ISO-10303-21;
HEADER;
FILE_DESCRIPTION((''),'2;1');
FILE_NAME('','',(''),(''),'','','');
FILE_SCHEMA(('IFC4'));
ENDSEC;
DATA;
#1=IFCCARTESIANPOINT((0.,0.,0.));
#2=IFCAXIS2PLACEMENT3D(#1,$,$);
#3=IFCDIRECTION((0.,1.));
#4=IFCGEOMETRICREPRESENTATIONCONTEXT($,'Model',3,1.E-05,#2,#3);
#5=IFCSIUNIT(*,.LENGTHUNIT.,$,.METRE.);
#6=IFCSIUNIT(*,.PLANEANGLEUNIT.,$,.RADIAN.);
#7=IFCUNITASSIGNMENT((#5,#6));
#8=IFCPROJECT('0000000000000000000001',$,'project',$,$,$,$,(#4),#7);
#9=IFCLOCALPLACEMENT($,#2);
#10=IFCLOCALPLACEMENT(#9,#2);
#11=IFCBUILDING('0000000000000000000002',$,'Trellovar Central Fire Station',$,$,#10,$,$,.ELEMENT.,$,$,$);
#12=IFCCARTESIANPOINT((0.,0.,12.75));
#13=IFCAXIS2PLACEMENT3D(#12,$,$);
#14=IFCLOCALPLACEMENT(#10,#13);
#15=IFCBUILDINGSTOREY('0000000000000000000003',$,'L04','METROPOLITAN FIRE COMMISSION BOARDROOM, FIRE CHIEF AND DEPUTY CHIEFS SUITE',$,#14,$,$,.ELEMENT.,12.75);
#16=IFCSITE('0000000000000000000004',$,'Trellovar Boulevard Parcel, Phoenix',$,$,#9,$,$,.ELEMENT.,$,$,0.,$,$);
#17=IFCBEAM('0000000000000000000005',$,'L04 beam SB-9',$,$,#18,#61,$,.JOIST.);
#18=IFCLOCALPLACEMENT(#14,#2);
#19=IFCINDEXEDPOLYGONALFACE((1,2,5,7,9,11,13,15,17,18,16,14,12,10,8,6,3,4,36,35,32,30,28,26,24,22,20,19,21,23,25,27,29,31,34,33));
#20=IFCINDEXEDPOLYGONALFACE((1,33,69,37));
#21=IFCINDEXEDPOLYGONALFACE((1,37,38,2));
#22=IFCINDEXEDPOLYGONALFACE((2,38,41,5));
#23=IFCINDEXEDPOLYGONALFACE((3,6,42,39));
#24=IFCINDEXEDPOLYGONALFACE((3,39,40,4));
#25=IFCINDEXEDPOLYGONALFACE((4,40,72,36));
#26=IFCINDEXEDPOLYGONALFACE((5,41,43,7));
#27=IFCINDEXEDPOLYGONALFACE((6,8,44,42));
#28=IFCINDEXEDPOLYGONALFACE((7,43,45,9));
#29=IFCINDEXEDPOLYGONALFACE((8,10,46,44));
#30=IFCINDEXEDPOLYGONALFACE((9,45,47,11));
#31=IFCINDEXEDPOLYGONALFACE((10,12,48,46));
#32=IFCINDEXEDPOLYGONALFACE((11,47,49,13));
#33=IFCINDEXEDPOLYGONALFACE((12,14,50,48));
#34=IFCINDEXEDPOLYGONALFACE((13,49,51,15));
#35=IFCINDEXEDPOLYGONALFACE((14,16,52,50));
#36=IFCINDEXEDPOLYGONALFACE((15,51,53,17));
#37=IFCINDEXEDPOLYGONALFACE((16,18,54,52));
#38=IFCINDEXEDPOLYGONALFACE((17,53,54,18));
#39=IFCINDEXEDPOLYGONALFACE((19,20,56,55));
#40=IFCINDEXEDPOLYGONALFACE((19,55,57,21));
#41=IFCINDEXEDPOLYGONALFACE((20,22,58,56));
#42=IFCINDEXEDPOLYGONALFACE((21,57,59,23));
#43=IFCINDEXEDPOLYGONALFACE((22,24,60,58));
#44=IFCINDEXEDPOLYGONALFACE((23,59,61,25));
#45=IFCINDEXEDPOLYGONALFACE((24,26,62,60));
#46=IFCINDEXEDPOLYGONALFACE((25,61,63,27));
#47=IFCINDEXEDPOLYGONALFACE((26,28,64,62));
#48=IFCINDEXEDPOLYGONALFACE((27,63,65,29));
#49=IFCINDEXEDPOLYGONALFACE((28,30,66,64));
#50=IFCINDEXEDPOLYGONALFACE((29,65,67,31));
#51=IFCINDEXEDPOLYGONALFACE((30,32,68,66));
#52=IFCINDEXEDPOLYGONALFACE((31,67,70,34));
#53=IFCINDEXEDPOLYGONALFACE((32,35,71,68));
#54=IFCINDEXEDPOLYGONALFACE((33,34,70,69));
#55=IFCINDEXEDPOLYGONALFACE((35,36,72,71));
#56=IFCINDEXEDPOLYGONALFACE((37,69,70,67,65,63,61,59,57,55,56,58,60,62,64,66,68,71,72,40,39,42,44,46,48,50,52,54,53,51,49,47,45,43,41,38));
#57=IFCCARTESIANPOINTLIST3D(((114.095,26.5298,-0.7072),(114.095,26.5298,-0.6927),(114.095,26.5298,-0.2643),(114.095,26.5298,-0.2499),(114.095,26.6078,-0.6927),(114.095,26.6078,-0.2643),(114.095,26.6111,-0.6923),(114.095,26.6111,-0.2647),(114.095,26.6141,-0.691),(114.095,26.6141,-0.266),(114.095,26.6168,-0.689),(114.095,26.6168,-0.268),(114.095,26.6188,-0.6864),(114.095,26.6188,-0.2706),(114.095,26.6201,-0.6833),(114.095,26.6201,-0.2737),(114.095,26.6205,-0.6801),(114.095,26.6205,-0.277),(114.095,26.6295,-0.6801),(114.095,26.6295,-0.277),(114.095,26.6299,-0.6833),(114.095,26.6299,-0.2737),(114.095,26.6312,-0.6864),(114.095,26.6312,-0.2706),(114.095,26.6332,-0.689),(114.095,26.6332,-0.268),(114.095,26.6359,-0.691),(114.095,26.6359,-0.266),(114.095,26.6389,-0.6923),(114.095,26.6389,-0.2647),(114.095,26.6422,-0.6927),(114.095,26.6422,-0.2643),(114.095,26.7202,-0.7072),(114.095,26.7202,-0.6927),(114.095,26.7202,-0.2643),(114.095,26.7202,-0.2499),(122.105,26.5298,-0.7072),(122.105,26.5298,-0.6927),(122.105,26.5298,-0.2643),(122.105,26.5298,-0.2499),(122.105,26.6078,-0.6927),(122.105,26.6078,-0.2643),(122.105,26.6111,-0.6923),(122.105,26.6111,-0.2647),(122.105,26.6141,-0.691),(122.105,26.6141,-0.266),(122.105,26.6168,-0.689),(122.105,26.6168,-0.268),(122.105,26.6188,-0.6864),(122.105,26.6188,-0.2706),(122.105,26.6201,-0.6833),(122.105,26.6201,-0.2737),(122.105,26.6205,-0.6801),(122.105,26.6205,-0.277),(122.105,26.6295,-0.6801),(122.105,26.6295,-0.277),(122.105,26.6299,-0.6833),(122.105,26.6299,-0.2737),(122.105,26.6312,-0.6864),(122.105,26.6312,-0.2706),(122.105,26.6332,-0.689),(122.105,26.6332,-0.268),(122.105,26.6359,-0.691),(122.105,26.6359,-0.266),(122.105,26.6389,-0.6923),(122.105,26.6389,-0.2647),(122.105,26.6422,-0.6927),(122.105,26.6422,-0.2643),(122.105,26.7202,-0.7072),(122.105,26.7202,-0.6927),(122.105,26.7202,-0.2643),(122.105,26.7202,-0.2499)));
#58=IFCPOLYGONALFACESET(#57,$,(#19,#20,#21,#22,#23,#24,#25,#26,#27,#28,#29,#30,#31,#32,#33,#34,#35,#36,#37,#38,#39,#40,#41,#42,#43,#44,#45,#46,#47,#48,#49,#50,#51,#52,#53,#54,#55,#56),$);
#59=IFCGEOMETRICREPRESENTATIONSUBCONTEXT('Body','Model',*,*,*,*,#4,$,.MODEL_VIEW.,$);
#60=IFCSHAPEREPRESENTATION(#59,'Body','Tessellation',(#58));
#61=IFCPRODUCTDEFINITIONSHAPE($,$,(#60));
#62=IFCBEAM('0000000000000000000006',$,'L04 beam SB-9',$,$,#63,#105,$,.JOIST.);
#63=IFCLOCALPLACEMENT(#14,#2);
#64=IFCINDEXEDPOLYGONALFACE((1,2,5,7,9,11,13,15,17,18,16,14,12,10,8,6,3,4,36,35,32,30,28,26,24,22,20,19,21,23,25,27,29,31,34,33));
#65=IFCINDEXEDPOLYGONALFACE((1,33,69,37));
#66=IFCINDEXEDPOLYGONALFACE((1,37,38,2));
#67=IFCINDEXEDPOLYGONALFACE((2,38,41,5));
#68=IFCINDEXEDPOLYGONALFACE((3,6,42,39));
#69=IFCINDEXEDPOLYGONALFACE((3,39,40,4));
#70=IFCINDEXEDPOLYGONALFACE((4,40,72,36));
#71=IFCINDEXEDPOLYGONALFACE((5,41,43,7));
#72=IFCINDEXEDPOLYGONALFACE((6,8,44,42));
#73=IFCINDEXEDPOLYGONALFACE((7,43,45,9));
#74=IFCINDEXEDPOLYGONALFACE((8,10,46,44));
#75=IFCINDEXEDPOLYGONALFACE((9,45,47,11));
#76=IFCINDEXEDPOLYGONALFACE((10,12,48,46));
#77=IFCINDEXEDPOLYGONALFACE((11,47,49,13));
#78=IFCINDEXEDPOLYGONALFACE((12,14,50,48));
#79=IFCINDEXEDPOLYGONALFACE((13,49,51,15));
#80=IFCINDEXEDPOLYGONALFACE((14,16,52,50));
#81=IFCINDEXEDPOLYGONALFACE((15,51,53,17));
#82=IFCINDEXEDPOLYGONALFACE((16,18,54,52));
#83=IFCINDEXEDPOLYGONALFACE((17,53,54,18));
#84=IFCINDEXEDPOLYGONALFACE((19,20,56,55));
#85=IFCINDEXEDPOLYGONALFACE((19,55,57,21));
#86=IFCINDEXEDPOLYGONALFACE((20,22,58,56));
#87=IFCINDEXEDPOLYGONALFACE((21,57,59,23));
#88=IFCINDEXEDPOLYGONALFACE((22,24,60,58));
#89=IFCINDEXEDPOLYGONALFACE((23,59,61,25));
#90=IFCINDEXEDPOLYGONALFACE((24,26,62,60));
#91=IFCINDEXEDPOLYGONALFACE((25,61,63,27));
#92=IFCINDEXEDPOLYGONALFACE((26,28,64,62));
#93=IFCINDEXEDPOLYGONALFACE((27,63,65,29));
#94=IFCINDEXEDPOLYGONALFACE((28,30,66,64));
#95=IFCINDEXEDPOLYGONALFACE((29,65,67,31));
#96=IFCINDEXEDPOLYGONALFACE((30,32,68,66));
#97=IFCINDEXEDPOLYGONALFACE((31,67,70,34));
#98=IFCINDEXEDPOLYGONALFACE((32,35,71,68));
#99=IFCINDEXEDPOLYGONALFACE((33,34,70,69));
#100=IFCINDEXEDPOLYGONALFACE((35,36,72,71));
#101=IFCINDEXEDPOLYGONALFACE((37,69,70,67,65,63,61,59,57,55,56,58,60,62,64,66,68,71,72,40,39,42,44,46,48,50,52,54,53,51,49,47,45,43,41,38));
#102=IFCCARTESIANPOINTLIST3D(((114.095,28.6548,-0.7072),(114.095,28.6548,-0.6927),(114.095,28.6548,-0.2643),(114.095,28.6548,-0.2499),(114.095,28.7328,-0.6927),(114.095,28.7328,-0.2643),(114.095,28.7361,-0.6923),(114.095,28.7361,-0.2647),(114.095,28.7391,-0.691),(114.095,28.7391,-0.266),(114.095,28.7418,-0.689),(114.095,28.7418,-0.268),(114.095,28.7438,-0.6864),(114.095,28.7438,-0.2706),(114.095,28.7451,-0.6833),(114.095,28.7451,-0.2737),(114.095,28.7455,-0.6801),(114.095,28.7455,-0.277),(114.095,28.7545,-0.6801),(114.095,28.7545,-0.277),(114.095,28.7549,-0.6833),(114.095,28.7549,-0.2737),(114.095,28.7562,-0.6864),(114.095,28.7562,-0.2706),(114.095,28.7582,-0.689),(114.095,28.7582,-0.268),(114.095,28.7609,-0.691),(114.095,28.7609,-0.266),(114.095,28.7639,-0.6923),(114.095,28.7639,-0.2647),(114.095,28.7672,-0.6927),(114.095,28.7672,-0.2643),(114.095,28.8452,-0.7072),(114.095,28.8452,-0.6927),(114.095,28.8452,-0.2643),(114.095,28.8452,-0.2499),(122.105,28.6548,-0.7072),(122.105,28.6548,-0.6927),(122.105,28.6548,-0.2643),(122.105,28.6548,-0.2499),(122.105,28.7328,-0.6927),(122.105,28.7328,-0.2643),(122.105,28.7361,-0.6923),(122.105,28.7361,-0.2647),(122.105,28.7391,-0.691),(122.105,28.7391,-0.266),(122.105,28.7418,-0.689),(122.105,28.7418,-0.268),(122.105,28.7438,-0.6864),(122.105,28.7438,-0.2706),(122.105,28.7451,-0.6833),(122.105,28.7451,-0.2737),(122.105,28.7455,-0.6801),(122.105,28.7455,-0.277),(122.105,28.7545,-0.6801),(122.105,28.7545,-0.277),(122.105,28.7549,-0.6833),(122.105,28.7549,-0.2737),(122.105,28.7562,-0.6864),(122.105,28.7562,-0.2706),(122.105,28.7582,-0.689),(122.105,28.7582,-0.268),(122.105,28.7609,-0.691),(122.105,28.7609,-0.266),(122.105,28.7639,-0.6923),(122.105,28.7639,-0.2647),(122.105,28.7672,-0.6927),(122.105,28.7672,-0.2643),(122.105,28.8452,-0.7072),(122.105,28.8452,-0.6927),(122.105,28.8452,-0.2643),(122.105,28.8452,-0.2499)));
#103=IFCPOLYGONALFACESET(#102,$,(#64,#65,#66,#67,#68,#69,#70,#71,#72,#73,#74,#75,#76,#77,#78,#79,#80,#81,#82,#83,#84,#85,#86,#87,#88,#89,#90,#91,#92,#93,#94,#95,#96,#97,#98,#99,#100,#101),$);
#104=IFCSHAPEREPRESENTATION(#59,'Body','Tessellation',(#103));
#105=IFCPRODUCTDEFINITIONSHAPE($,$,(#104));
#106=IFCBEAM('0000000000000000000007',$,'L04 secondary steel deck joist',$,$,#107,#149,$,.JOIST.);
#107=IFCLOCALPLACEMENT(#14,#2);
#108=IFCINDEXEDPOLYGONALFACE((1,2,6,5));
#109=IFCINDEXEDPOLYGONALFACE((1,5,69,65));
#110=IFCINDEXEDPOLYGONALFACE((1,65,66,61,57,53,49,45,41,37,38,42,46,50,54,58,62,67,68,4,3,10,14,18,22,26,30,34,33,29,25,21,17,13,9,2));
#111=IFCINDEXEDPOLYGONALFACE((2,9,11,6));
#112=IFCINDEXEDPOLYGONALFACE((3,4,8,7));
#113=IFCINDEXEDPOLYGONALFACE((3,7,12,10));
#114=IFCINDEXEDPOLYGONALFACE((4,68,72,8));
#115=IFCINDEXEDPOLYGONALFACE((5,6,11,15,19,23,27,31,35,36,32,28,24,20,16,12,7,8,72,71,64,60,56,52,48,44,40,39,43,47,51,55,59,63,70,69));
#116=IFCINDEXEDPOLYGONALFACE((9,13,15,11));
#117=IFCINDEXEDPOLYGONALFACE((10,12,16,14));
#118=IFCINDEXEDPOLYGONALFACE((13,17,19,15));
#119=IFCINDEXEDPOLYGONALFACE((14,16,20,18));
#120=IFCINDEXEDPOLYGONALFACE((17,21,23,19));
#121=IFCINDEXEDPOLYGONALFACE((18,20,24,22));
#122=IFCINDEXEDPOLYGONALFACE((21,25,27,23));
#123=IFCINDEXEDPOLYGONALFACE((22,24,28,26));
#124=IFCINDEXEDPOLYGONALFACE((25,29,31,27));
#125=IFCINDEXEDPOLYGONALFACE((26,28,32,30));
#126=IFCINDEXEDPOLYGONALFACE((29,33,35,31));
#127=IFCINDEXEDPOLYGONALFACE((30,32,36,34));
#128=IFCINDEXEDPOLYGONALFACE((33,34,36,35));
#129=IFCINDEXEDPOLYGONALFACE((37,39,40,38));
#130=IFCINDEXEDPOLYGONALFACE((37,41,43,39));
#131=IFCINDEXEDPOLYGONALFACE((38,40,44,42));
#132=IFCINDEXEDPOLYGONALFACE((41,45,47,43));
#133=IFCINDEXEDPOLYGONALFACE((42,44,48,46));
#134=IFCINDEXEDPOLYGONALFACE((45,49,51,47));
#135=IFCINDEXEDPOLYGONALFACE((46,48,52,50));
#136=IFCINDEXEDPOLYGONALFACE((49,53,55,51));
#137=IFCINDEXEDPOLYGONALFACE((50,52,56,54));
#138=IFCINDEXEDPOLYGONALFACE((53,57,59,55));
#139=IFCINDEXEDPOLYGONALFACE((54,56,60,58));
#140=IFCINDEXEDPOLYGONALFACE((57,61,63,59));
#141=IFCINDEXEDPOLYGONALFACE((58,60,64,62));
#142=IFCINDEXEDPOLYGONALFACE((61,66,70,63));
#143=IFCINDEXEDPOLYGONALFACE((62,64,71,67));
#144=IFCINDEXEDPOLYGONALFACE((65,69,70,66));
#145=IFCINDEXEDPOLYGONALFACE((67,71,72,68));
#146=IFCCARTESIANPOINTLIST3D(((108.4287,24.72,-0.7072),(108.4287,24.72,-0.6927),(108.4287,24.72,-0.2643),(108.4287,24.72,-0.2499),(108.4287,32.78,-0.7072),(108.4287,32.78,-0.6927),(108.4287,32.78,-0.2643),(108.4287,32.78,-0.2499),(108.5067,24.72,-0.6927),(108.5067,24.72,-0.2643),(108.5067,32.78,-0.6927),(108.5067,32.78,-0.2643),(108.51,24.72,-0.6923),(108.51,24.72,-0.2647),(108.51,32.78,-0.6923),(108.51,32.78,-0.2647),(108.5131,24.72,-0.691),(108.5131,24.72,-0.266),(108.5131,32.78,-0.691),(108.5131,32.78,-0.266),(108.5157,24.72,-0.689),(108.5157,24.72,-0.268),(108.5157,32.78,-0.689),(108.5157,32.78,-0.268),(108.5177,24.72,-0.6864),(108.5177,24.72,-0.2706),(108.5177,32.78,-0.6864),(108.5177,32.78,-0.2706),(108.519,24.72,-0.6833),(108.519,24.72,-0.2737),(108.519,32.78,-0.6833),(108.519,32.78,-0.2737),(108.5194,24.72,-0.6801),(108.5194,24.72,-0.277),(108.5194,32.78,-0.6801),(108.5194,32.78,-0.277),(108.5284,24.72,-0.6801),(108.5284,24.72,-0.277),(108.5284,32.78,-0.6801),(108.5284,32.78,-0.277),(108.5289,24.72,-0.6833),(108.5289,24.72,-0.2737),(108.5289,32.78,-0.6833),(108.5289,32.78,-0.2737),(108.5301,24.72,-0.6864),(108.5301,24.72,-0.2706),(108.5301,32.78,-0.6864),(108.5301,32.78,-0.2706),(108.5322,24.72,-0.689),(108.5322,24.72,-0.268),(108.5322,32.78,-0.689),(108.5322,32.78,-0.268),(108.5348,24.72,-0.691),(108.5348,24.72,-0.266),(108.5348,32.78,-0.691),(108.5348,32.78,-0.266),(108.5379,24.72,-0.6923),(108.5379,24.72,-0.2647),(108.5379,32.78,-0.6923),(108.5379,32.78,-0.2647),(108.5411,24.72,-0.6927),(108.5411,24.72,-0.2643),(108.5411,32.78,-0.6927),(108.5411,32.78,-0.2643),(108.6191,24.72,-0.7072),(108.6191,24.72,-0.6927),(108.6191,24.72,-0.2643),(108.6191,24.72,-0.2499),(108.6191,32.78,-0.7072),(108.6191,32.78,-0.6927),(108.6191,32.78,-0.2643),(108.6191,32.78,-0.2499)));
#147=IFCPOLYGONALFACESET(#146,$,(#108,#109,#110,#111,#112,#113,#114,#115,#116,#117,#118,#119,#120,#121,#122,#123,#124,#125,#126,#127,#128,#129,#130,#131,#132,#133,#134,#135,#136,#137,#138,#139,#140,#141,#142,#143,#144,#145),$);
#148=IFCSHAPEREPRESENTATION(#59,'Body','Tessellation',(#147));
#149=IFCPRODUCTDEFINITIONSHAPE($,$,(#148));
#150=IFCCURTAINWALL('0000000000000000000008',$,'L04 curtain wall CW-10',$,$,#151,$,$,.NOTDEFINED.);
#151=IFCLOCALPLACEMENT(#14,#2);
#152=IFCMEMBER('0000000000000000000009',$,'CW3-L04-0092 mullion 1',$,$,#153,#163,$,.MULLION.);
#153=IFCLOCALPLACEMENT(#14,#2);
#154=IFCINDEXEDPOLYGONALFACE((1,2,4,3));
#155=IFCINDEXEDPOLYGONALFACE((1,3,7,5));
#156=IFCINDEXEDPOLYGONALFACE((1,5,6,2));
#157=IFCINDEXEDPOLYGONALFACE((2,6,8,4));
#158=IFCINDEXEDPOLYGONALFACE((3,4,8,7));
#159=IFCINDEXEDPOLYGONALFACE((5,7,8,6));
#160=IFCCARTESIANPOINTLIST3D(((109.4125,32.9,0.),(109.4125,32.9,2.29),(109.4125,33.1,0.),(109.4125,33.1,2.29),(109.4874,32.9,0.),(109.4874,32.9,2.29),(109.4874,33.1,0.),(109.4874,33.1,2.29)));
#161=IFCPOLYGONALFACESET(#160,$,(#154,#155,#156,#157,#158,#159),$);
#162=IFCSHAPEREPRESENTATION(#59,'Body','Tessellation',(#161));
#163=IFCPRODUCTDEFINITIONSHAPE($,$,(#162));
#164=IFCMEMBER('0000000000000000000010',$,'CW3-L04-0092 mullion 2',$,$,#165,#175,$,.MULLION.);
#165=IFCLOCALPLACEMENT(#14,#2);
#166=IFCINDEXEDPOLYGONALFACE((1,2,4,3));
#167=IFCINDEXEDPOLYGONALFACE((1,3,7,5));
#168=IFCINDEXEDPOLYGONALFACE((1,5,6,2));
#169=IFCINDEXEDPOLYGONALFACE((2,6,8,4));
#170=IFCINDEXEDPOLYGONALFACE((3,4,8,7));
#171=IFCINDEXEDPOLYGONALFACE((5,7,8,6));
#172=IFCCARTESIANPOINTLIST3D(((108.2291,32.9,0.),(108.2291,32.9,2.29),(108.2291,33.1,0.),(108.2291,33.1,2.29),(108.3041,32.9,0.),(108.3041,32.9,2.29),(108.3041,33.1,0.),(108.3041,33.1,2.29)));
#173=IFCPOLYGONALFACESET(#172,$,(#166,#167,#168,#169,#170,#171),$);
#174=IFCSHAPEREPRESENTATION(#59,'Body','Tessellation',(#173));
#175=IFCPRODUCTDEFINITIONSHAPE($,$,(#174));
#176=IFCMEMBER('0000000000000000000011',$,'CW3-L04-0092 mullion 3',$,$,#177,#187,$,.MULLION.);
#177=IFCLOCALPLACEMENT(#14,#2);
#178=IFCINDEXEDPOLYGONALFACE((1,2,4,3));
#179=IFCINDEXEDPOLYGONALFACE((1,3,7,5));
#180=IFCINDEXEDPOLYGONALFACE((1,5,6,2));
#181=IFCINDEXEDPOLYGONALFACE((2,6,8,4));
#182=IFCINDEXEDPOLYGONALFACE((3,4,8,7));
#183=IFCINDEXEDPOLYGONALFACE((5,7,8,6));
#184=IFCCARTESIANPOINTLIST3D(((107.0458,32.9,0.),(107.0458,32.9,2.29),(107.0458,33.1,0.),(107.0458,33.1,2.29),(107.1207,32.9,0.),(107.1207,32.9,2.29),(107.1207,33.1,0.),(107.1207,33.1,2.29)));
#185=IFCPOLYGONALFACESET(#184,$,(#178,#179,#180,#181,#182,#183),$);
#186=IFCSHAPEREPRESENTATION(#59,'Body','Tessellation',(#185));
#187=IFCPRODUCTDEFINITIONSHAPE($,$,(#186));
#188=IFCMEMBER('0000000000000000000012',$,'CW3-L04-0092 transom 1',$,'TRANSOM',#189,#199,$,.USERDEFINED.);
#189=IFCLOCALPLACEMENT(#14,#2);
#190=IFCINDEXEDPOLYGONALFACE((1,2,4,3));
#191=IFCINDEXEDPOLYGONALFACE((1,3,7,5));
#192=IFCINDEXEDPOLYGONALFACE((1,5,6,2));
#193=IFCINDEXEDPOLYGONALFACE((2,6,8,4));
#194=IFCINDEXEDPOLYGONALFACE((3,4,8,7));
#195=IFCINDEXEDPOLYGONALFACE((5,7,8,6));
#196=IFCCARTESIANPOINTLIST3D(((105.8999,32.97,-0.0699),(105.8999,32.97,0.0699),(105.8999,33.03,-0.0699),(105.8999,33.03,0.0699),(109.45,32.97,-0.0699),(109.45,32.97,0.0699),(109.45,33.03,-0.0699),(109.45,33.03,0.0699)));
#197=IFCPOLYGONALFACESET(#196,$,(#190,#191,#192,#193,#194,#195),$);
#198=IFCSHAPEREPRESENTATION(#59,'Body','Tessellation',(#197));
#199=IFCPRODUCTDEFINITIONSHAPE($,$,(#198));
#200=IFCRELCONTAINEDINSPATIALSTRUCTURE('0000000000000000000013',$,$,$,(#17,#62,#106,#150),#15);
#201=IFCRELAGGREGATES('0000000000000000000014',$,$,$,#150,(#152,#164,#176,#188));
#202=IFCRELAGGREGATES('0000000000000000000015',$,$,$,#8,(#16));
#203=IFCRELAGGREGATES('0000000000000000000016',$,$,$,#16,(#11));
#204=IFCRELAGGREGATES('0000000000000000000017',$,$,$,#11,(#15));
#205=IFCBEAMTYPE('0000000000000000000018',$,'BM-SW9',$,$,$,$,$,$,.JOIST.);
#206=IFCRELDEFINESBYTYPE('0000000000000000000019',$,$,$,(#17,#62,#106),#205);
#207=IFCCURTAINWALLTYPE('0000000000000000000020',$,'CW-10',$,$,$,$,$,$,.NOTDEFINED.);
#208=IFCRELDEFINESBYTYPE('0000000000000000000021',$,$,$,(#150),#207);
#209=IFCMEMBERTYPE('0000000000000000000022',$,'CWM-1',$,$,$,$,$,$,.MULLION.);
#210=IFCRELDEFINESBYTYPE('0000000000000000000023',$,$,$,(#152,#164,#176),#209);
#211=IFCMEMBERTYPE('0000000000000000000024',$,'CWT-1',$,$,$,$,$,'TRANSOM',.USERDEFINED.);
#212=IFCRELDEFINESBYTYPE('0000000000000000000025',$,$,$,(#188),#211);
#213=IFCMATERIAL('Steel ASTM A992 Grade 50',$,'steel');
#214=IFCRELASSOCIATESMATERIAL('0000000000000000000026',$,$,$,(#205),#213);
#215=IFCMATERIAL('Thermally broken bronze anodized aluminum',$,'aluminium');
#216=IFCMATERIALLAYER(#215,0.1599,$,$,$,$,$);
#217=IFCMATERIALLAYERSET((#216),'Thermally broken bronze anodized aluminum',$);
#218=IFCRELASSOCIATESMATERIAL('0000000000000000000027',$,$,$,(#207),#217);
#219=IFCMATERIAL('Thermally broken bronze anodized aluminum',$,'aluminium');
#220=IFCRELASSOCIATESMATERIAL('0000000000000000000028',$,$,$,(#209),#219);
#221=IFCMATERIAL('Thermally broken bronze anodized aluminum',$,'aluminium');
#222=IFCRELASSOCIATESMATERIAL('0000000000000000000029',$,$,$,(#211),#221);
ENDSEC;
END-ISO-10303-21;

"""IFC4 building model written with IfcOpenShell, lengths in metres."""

from ifc_helpers import new_model, si_unit, direction, frame, origin, origin_2d, place, context, subcontext, project, spatial, rectangle, i_section, extrude, material, layer, layer_set, material_profile, profile_set, type_object, element, aggregate, save


model = new_model("IFC4")

# Units and contexts
model_context = context("Model", 3, precision=1e-05, world=origin(), true_north=direction((0.0, 1.0)))
body_context = subcontext(model_context, "Body", "Model", "MODEL_VIEW")
ifc_project = project(units=[si_unit("LENGTHUNIT", "METRE"), si_unit("PLANEANGLEUNIT", "RADIAN")], contexts=[model_context])

# Site, building, storey
site_placement = place(None, origin())
site = spatial("IfcSite", under=ifc_project, at=site_placement, Name="Trellovar Boulevard Parcel, Phoenix", CompositionType="ELEMENT", RefElevation=0.0)
building_placement = place(site_placement, origin())
building = spatial("IfcBuilding", under=site, at=building_placement, Name="Trellovar Central Fire Station", CompositionType="ELEMENT")
storey_placement = place(building_placement, frame((0.0, 0.0, 12.75)))
storey = spatial("IfcBuildingStorey", under=building, at=storey_placement, Name="L04", Description="METROPOLITAN FIRE COMMISSION BOARDROOM, FIRE CHIEF AND DEPUTY CHIEFS SUITE", CompositionType="ELEMENT", Elevation=12.75)

# Beams
ifc_material_1 = material(Name="Steel ASTM A992 Grade 50", Category="steel")
ifc_material_profile_1 = material_profile(ifc_material_1, i_section(OverallWidth=0.1904, OverallDepth=0.4573, WebThickness=0.009, FlangeThickness=0.0144, FilletRadius=0.0127, at=origin_2d()), Name="W18X50")
ifc_profile_set_1 = profile_set([ifc_material_profile_1], Name="Steel ASTM A992 Grade 50")
beam_type_1 = type_object("IfcBeamType", Name="BM-SW9", PredefinedType="JOIST", material=ifc_profile_set_1)
for number, where, z_axis, x_axis, name in (
    (1, (114.095, 26.625, -0.4785), (1.0, 0.0, 0.0), (0.0, 1.0, 0.0), "L04 beam SB-9"),
    (2, (114.095, 28.75, -0.4785), (1.0, 0.0, 0.0), (0.0, 1.0, 0.0), "L04 beam SB-9"),
):
    element("IfcBeam", number, at=place(storey_placement, frame(where, z_axis=z_axis, x_axis=x_axis)), inside=storey, type_object=beam_type_1, Name=name, PredefinedType="JOIST", context=body_context, shape_type="SweptSolid", body=[
        extrude(i_section(OverallWidth=0.1904, OverallDepth=0.4573, WebThickness=0.009, FlangeThickness=0.0144, FilletRadius=0.0127, at=origin_2d()), origin(), (0.0, 0.0, 1.0), 8.01),
    ])
beam_1_placement = place(storey_placement, frame((108.5239, 24.72, -0.4785), z_axis=(0.0, 1.0, 0.0), x_axis=(-1.0, 0.0, 0.0)))
element("IfcBeam", 3, at=beam_1_placement, inside=storey, type_object=beam_type_1, Name="L04 secondary steel deck joist", PredefinedType="JOIST", context=body_context, shape_type="SweptSolid", body=[
    extrude(i_section(OverallWidth=0.1904, OverallDepth=0.4573, WebThickness=0.009, FlangeThickness=0.0144, FilletRadius=0.0127, at=origin_2d()), origin(), (0.0, 0.0, 1.0), 8.0601),
])

# Curtain wall, members
ifc_material_2 = material(Name="Thermally broken bronze anodized aluminum", Category="aluminium")
ifc_layer_1 = layer(ifc_material_2, 0.1599)
ifc_layer_set_1 = layer_set([ifc_layer_1], Name="Thermally broken bronze anodized aluminum")
curtain_wall_type = type_object("IfcCurtainWallType", Name="CW-10", PredefinedType="NOTDEFINED", material=ifc_layer_set_1)
curtain_wall_placement = place(storey_placement, origin())
curtain_wall = element("IfcCurtainWall", 4, at=curtain_wall_placement, inside=storey, type_object=curtain_wall_type, Name="L04 curtain wall CW-10", PredefinedType="NOTDEFINED")
ifc_material_3 = material(Name="Thermally broken bronze anodized aluminum", Category="aluminium")
ifc_material_profile_2 = material_profile(ifc_material_3, rectangle(XDim=0.075, YDim=0.2, at=origin_2d()), Name="ALU75X200")
ifc_profile_set_2 = profile_set([ifc_material_profile_2], Name="Thermally broken bronze anodized aluminum")
member_type_1 = type_object("IfcMemberType", Name="CWM-1", PredefinedType="MULLION", material=ifc_profile_set_2)
member_1_placement = place(storey_placement, frame((109.45, 33.0, 0.0), z_axis=(0.0, 0.0, 1.0), x_axis=(1.0, 0.0, 0.0)))
member_1 = element("IfcMember", 5, at=member_1_placement, type_object=member_type_1, Name="CW3-L04-0092 mullion 1", PredefinedType="MULLION", context=body_context, shape_type="SweptSolid", body=[
    extrude(rectangle(XDim=0.075, YDim=0.2, at=origin_2d()), origin(), (0.0, 0.0, 1.0), 2.29),
])
member_2_placement = place(storey_placement, frame((108.2666, 33.0, 0.0), z_axis=(0.0, 0.0, 1.0), x_axis=(1.0, 0.0, 0.0)))
member_2 = element("IfcMember", 6, at=member_2_placement, type_object=member_type_1, Name="CW3-L04-0092 mullion 2", PredefinedType="MULLION", context=body_context, shape_type="SweptSolid", body=[
    extrude(rectangle(XDim=0.075, YDim=0.2, at=origin_2d()), origin(), (0.0, 0.0, 1.0), 2.29),
])
member_3_placement = place(storey_placement, frame((107.0833, 33.0, 0.0), z_axis=(0.0, 0.0, 1.0), x_axis=(1.0, 0.0, 0.0)))
member_3 = element("IfcMember", 7, at=member_3_placement, type_object=member_type_1, Name="CW3-L04-0092 mullion 3", PredefinedType="MULLION", context=body_context, shape_type="SweptSolid", body=[
    extrude(rectangle(XDim=0.075, YDim=0.2, at=origin_2d()), origin(), (0.0, 0.0, 1.0), 2.29),
])
ifc_material_4 = material(Name="Thermally broken bronze anodized aluminum", Category="aluminium")
ifc_material_profile_3 = material_profile(ifc_material_4, rectangle(XDim=0.0601, YDim=0.1399, at=origin_2d()), Name="ALU60X140")
ifc_profile_set_3 = profile_set([ifc_material_profile_3], Name="Thermally broken bronze anodized aluminum")
member_type_2 = type_object("IfcMemberType", Name="CWT-1", ElementType="TRANSOM", PredefinedType="USERDEFINED", material=ifc_profile_set_3)
member_4_placement = place(storey_placement, frame((109.45, 33.0, 0.0), z_axis=(-1.0, 0.0, 0.0), x_axis=(0.0, -1.0, 0.0)))
member_4 = element("IfcMember", 8, at=member_4_placement, type_object=member_type_2, Name="CW3-L04-0092 transom 1", ObjectType="TRANSOM", PredefinedType="USERDEFINED", context=body_context, shape_type="SweptSolid", body=[
    extrude(rectangle(XDim=0.0601, YDim=0.1399, at=origin_2d()), origin(), (0.0, 0.0, 1.0), 3.55),
])

aggregate(curtain_wall, [member_1, member_2, member_3, member_4])

save(model, "model.ifc")
